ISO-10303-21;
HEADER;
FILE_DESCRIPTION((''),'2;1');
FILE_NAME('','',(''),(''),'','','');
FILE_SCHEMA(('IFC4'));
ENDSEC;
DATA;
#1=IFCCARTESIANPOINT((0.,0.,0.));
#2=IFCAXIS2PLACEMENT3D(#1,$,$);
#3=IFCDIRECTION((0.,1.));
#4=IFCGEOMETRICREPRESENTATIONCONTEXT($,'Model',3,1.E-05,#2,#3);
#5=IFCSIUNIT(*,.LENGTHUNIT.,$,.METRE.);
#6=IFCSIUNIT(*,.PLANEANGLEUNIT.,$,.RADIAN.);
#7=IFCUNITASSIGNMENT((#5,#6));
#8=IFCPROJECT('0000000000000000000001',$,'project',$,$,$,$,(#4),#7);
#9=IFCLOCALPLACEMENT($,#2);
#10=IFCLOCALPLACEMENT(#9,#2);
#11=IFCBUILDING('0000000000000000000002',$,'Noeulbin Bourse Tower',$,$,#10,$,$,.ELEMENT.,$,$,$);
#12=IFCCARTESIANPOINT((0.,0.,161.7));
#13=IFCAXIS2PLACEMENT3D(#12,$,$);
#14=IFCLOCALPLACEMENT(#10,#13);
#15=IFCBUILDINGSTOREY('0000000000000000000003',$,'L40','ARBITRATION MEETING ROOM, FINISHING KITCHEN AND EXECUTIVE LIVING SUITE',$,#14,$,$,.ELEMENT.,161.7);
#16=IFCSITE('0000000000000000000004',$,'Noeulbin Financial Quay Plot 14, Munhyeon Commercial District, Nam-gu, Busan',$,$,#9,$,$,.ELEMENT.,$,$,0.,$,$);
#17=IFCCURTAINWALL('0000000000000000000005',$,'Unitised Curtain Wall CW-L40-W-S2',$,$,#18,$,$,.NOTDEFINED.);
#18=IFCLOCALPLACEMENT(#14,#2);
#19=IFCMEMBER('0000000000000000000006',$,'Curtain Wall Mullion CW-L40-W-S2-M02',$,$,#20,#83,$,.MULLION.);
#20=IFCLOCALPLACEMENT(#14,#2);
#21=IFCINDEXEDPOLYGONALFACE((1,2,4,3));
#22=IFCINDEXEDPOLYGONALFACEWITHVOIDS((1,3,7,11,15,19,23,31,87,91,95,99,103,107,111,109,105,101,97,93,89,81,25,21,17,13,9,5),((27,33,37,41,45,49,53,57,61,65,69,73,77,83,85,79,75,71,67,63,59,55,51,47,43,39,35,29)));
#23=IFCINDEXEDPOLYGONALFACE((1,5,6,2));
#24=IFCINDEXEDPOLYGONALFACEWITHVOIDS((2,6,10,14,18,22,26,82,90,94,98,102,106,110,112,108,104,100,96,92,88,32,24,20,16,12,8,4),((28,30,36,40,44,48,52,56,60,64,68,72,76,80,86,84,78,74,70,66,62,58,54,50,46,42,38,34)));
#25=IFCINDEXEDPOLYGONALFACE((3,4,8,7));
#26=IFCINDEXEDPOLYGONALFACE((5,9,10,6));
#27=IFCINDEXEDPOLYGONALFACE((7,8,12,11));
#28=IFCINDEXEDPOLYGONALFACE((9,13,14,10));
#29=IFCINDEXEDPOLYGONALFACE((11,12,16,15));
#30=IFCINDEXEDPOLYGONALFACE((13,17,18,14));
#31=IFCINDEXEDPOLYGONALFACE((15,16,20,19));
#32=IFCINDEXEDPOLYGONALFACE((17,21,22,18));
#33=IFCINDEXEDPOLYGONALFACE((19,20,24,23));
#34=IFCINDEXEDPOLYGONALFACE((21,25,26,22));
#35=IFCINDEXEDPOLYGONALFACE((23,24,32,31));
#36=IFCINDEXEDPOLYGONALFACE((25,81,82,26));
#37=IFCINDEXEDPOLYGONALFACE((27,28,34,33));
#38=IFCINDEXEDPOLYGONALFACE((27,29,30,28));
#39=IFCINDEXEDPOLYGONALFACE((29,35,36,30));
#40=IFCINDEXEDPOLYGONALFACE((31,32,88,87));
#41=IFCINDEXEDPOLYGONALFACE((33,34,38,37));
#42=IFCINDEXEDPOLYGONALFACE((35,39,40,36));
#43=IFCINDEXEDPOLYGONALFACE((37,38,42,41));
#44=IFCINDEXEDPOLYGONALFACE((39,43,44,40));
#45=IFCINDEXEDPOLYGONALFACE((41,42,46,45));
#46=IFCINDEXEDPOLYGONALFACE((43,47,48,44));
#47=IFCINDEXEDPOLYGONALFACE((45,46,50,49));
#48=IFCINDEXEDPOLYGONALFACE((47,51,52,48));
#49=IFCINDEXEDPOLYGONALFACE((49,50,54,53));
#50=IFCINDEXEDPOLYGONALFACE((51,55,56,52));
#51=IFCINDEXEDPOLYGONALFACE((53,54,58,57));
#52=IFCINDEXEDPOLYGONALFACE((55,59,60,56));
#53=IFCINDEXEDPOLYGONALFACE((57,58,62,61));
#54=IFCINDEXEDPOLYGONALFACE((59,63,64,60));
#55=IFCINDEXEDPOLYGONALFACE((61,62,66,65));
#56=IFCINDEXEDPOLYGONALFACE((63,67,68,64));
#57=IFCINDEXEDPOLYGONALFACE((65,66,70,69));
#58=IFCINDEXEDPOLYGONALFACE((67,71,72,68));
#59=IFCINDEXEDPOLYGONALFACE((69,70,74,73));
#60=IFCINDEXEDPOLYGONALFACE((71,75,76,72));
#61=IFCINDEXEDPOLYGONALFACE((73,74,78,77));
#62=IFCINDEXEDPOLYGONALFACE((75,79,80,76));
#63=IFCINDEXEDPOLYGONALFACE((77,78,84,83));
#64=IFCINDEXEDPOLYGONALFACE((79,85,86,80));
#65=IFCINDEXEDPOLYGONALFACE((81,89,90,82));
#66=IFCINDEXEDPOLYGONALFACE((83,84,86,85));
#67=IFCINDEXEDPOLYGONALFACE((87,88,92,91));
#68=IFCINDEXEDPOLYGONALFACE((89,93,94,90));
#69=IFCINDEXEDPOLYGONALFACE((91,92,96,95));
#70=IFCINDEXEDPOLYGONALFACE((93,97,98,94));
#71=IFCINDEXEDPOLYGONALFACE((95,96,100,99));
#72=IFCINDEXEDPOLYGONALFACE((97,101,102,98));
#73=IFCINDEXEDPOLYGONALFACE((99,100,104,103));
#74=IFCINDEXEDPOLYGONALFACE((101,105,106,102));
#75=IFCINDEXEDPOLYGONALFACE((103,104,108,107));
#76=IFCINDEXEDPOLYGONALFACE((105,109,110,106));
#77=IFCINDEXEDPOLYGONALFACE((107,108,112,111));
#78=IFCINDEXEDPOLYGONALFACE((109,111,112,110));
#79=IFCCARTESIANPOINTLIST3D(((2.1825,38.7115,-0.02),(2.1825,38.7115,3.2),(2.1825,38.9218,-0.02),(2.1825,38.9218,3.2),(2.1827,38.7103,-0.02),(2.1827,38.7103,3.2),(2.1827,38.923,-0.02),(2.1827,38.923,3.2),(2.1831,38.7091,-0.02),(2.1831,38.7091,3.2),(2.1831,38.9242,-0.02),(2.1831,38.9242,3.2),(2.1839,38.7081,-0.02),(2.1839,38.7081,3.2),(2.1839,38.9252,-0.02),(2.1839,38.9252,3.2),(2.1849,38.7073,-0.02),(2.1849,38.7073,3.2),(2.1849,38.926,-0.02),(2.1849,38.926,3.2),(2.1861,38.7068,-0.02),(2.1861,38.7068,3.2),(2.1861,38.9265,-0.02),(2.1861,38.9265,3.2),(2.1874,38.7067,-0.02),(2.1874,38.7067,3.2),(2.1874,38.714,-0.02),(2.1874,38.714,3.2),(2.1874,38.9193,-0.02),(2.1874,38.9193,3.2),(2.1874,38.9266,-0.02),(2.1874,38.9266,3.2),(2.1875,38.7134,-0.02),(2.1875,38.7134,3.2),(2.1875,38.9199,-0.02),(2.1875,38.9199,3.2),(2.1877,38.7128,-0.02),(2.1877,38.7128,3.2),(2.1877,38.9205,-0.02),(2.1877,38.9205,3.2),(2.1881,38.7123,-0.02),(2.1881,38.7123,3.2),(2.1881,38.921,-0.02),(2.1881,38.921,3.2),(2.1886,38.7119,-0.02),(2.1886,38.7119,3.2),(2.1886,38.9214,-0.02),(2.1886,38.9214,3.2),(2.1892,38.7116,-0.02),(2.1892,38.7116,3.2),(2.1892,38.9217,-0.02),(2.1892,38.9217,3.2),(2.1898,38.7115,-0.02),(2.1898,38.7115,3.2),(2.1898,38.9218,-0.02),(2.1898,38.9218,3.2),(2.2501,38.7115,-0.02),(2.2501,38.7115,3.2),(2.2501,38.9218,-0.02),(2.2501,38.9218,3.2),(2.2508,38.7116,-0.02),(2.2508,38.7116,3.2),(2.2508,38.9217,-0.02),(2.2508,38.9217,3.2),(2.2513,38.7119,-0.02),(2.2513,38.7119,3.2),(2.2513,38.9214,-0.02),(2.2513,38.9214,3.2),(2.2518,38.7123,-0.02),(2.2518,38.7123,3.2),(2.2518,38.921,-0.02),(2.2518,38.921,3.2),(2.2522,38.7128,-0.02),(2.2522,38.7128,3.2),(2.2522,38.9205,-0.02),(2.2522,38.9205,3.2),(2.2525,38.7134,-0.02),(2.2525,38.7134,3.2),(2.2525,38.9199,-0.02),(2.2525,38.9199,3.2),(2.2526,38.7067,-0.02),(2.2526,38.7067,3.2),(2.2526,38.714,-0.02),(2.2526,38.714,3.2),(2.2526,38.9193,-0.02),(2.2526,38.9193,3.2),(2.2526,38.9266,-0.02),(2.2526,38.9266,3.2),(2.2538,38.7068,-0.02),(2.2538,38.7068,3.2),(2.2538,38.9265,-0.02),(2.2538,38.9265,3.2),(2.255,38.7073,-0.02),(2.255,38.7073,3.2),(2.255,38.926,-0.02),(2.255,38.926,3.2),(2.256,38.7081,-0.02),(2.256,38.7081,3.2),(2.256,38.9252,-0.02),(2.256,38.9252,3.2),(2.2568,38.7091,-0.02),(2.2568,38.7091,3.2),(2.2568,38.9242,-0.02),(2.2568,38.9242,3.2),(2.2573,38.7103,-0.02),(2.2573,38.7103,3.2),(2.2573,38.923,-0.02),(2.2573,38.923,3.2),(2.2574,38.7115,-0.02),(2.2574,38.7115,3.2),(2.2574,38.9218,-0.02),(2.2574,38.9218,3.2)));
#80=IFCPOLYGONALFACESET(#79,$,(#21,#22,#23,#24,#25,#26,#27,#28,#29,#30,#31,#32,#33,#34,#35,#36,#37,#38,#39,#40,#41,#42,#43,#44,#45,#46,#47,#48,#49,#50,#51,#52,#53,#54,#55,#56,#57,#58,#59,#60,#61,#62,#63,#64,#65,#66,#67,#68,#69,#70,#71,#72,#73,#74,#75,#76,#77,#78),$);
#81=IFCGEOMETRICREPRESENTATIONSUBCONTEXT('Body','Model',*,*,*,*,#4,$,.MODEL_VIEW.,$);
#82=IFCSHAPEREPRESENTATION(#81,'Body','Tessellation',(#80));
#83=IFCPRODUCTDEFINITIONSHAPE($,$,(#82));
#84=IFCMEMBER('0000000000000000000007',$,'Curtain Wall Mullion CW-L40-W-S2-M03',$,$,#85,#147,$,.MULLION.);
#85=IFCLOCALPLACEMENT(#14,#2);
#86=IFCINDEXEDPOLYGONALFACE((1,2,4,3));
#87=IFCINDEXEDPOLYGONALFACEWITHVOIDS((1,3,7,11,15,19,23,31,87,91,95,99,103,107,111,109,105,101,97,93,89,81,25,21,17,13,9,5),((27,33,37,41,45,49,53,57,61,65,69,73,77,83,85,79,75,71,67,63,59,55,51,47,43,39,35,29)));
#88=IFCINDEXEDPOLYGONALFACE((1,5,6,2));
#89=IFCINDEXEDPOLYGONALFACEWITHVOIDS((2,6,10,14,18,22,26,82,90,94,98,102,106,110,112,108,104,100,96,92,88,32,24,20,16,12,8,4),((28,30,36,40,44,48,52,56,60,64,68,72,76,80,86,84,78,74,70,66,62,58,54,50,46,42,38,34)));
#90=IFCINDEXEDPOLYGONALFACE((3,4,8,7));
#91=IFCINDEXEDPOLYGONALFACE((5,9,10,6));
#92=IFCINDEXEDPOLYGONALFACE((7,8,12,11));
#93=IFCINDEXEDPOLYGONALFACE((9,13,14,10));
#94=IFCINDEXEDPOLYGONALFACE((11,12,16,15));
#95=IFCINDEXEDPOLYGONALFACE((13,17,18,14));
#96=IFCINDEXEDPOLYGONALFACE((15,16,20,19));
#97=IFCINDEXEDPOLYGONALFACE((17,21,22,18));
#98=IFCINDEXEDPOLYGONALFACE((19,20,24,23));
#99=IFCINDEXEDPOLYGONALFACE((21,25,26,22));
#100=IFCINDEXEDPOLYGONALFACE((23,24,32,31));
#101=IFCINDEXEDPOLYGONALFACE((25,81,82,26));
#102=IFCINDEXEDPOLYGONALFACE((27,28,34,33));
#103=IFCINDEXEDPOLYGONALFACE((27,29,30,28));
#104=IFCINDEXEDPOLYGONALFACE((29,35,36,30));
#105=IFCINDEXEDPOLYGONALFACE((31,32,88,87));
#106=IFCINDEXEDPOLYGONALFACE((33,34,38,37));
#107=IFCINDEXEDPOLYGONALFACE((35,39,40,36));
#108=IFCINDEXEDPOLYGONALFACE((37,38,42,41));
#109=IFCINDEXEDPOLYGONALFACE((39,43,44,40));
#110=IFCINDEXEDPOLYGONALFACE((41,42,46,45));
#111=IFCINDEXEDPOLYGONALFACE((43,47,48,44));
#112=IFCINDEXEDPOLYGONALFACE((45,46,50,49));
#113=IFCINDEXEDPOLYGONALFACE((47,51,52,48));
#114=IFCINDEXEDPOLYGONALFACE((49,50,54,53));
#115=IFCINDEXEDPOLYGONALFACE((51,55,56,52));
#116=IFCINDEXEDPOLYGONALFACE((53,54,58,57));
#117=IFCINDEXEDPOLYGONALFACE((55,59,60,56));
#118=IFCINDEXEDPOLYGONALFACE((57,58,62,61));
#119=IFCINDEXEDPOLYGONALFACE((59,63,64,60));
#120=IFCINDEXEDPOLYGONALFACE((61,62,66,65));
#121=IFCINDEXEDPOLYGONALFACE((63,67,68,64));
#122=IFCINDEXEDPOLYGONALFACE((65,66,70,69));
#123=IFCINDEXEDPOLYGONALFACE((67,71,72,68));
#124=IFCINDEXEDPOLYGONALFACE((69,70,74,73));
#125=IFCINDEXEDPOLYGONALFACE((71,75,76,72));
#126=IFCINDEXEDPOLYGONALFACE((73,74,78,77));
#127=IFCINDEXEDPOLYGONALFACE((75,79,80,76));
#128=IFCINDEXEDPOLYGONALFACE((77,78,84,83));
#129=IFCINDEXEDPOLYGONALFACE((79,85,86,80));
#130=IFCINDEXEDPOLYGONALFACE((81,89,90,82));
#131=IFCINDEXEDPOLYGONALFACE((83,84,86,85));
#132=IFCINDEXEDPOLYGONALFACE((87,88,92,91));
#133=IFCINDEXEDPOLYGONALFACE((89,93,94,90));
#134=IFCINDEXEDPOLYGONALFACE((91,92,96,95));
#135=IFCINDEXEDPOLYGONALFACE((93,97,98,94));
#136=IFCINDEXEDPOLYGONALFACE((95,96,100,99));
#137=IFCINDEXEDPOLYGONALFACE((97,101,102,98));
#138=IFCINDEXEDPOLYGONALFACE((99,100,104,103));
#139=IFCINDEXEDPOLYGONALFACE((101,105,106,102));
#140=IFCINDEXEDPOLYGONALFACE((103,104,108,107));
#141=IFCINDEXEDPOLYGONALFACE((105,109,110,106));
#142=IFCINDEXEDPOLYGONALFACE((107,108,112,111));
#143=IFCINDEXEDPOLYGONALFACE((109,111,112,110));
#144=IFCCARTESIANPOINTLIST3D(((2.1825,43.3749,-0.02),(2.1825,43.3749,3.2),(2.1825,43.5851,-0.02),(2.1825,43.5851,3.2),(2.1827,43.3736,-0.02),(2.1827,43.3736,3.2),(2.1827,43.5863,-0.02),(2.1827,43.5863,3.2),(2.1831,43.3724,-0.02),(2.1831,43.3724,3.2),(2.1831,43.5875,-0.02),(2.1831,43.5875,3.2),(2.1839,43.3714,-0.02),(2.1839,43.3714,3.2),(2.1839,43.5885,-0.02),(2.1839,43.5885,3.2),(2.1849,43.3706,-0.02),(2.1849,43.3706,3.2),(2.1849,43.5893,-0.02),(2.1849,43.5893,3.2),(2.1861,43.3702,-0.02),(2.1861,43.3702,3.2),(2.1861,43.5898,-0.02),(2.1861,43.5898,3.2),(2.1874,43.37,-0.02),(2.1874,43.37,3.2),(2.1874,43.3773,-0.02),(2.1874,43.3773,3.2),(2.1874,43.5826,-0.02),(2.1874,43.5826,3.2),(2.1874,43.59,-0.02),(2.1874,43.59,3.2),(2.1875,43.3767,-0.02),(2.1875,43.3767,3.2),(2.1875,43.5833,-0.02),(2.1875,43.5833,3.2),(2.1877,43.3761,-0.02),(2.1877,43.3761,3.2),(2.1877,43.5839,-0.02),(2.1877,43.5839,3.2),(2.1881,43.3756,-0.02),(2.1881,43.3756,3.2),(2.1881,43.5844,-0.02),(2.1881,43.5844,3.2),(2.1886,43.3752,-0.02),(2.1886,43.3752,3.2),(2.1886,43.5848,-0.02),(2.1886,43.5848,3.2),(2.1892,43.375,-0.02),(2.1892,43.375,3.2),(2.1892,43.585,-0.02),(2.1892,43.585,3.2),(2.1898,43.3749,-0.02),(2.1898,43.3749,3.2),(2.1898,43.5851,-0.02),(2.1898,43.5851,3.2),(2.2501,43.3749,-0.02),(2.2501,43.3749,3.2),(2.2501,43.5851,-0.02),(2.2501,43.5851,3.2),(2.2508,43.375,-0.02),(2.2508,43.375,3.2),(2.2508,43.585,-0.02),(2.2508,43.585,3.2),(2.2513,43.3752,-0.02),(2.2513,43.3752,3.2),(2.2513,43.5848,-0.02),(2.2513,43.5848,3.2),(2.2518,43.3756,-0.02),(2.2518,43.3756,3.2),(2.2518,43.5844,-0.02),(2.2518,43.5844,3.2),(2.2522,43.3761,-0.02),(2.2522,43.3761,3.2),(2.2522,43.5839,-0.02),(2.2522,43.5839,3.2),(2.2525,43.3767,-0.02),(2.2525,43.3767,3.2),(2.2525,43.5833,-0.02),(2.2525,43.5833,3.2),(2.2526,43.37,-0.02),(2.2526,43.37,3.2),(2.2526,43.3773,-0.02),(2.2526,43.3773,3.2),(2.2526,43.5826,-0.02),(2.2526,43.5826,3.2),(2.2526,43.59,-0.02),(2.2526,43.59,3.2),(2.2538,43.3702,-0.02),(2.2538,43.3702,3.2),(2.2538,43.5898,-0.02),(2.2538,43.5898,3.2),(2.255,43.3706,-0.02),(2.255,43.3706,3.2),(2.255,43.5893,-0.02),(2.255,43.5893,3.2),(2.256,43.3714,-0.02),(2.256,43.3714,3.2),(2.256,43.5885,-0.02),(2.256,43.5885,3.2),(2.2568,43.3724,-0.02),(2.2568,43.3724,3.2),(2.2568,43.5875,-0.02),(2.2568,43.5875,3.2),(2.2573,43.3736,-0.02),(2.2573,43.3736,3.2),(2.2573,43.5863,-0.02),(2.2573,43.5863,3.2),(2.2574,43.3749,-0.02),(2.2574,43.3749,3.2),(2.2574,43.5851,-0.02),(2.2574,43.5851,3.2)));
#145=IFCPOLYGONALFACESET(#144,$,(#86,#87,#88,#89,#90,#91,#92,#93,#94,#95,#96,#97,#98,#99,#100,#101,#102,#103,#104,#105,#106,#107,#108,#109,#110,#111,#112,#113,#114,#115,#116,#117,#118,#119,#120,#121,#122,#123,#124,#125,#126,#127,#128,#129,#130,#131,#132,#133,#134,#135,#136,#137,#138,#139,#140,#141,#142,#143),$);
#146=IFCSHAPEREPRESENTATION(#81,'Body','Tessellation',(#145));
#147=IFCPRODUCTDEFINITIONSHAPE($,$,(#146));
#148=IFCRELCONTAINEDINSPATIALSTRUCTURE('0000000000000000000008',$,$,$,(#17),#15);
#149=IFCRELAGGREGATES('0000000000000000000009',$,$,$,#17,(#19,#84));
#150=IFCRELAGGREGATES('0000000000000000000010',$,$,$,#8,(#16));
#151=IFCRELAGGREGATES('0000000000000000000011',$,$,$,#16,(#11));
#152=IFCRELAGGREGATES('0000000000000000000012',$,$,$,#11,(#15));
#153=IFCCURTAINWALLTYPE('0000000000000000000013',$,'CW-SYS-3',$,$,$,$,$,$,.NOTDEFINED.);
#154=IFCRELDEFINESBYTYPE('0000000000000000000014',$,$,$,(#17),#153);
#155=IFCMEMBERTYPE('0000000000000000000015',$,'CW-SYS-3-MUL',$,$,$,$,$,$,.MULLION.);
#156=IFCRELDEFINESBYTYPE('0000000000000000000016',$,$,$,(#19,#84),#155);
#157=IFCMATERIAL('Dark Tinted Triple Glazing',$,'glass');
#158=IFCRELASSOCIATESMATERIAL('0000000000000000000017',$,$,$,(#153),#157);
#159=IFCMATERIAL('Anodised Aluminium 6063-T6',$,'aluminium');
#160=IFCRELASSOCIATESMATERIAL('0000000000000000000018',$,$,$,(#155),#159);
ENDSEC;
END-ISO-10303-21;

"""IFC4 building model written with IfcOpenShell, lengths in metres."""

from ifc_helpers import new_model, si_unit, direction, frame, origin, origin_2d, place, context, subcontext, project, spatial, hollow_rectangle, extrude, material, material_profile, profile_set, type_object, element, aggregate, save


model = new_model("IFC4")

# Units and contexts
model_context = context("Model", 3, precision=1e-05, world=origin(), true_north=direction((0.0, 1.0)))
body_context = subcontext(model_context, "Body", "Model", "MODEL_VIEW")
ifc_project = project(units=[si_unit("LENGTHUNIT", "METRE"), si_unit("PLANEANGLEUNIT", "RADIAN")], contexts=[model_context])

# Site, building, storey
site_placement = place(None, origin())
site = spatial("IfcSite", under=ifc_project, at=site_placement, Name="Noeulbin Financial Quay Plot 14, Munhyeon Commercial District, Nam-gu, Busan", CompositionType="ELEMENT", RefElevation=0.0)
building_placement = place(site_placement, origin())
building = spatial("IfcBuilding", under=site, at=building_placement, Name="Noeulbin Bourse Tower", CompositionType="ELEMENT")
storey_placement = place(building_placement, frame((0.0, 0.0, 161.7)))
storey = spatial("IfcBuildingStorey", under=building, at=storey_placement, Name="L40", Description="ARBITRATION MEETING ROOM, FINISHING KITCHEN AND EXECUTIVE LIVING SUITE", CompositionType="ELEMENT", Elevation=161.7)

# Shared definitions
ifc_material_1 = material(Name="Dark Tinted Triple Glazing", Category="glass")
curtain_wall_type = type_object("IfcCurtainWallType", Name="CW-SYS-3", PredefinedType="NOTDEFINED", material=ifc_material_1)
ifc_material_2 = material(Name="Anodised Aluminium 6063-T6", Category="aluminium")
ifc_material_profile_1 = material_profile(ifc_material_2, hollow_rectangle(XDim=0.075, YDim=0.22, WallThickness=0.0049, InnerFilletRadius=0.0024, OuterFilletRadius=0.0049, at=origin_2d()), Name="ALU-MULL-75x220x5", Category="LoadBearing")
ifc_profile_set_1 = profile_set([ifc_material_profile_1], Name="Anodised Aluminium 6063-T6")
member_type_1 = type_object("IfcMemberType", Name="CW-SYS-3-MUL", PredefinedType="MULLION", material=ifc_profile_set_1)

# Curtain wall, members
curtain_wall_1_placement = place(storey_placement, origin())
curtain_wall_1 = element("IfcCurtainWall", 1, at=curtain_wall_1_placement, inside=storey, type_object=curtain_wall_type, Name="Unitised Curtain Wall CW-L40-W-S2", PredefinedType="NOTDEFINED")
member_1_placement = place(storey_placement, frame((2.22, 38.8167, -0.02), z_axis=(0.0, 0.0, 1.0), x_axis=(1.0, 0.0, 0.0)))
member_1 = element("IfcMember", 2, at=member_1_placement, type_object=member_type_1, Name="Curtain Wall Mullion CW-L40-W-S2-M02", PredefinedType="MULLION", context=body_context, shape_type="SweptSolid", body=[
    extrude(hollow_rectangle(XDim=0.075, YDim=0.22, WallThickness=0.0049, InnerFilletRadius=0.0024, OuterFilletRadius=0.0049, at=origin_2d()), origin(), (0.0, 0.0, 1.0), 3.22),
])
member_2_placement = place(storey_placement, frame((2.22, 43.48, -0.02), z_axis=(0.0, 0.0, 1.0), x_axis=(1.0, 0.0, 0.0)))
member_2 = element("IfcMember", 3, at=member_2_placement, type_object=member_type_1, Name="Curtain Wall Mullion CW-L40-W-S2-M03", PredefinedType="MULLION", context=body_context, shape_type="SweptSolid", body=[
    extrude(hollow_rectangle(XDim=0.075, YDim=0.22, WallThickness=0.0049, InnerFilletRadius=0.0024, OuterFilletRadius=0.0049, at=origin_2d()), origin(), (0.0, 0.0, 1.0), 3.22),
])

aggregate(curtain_wall_1, [member_1, member_2])

save(model, "model.ifc")
